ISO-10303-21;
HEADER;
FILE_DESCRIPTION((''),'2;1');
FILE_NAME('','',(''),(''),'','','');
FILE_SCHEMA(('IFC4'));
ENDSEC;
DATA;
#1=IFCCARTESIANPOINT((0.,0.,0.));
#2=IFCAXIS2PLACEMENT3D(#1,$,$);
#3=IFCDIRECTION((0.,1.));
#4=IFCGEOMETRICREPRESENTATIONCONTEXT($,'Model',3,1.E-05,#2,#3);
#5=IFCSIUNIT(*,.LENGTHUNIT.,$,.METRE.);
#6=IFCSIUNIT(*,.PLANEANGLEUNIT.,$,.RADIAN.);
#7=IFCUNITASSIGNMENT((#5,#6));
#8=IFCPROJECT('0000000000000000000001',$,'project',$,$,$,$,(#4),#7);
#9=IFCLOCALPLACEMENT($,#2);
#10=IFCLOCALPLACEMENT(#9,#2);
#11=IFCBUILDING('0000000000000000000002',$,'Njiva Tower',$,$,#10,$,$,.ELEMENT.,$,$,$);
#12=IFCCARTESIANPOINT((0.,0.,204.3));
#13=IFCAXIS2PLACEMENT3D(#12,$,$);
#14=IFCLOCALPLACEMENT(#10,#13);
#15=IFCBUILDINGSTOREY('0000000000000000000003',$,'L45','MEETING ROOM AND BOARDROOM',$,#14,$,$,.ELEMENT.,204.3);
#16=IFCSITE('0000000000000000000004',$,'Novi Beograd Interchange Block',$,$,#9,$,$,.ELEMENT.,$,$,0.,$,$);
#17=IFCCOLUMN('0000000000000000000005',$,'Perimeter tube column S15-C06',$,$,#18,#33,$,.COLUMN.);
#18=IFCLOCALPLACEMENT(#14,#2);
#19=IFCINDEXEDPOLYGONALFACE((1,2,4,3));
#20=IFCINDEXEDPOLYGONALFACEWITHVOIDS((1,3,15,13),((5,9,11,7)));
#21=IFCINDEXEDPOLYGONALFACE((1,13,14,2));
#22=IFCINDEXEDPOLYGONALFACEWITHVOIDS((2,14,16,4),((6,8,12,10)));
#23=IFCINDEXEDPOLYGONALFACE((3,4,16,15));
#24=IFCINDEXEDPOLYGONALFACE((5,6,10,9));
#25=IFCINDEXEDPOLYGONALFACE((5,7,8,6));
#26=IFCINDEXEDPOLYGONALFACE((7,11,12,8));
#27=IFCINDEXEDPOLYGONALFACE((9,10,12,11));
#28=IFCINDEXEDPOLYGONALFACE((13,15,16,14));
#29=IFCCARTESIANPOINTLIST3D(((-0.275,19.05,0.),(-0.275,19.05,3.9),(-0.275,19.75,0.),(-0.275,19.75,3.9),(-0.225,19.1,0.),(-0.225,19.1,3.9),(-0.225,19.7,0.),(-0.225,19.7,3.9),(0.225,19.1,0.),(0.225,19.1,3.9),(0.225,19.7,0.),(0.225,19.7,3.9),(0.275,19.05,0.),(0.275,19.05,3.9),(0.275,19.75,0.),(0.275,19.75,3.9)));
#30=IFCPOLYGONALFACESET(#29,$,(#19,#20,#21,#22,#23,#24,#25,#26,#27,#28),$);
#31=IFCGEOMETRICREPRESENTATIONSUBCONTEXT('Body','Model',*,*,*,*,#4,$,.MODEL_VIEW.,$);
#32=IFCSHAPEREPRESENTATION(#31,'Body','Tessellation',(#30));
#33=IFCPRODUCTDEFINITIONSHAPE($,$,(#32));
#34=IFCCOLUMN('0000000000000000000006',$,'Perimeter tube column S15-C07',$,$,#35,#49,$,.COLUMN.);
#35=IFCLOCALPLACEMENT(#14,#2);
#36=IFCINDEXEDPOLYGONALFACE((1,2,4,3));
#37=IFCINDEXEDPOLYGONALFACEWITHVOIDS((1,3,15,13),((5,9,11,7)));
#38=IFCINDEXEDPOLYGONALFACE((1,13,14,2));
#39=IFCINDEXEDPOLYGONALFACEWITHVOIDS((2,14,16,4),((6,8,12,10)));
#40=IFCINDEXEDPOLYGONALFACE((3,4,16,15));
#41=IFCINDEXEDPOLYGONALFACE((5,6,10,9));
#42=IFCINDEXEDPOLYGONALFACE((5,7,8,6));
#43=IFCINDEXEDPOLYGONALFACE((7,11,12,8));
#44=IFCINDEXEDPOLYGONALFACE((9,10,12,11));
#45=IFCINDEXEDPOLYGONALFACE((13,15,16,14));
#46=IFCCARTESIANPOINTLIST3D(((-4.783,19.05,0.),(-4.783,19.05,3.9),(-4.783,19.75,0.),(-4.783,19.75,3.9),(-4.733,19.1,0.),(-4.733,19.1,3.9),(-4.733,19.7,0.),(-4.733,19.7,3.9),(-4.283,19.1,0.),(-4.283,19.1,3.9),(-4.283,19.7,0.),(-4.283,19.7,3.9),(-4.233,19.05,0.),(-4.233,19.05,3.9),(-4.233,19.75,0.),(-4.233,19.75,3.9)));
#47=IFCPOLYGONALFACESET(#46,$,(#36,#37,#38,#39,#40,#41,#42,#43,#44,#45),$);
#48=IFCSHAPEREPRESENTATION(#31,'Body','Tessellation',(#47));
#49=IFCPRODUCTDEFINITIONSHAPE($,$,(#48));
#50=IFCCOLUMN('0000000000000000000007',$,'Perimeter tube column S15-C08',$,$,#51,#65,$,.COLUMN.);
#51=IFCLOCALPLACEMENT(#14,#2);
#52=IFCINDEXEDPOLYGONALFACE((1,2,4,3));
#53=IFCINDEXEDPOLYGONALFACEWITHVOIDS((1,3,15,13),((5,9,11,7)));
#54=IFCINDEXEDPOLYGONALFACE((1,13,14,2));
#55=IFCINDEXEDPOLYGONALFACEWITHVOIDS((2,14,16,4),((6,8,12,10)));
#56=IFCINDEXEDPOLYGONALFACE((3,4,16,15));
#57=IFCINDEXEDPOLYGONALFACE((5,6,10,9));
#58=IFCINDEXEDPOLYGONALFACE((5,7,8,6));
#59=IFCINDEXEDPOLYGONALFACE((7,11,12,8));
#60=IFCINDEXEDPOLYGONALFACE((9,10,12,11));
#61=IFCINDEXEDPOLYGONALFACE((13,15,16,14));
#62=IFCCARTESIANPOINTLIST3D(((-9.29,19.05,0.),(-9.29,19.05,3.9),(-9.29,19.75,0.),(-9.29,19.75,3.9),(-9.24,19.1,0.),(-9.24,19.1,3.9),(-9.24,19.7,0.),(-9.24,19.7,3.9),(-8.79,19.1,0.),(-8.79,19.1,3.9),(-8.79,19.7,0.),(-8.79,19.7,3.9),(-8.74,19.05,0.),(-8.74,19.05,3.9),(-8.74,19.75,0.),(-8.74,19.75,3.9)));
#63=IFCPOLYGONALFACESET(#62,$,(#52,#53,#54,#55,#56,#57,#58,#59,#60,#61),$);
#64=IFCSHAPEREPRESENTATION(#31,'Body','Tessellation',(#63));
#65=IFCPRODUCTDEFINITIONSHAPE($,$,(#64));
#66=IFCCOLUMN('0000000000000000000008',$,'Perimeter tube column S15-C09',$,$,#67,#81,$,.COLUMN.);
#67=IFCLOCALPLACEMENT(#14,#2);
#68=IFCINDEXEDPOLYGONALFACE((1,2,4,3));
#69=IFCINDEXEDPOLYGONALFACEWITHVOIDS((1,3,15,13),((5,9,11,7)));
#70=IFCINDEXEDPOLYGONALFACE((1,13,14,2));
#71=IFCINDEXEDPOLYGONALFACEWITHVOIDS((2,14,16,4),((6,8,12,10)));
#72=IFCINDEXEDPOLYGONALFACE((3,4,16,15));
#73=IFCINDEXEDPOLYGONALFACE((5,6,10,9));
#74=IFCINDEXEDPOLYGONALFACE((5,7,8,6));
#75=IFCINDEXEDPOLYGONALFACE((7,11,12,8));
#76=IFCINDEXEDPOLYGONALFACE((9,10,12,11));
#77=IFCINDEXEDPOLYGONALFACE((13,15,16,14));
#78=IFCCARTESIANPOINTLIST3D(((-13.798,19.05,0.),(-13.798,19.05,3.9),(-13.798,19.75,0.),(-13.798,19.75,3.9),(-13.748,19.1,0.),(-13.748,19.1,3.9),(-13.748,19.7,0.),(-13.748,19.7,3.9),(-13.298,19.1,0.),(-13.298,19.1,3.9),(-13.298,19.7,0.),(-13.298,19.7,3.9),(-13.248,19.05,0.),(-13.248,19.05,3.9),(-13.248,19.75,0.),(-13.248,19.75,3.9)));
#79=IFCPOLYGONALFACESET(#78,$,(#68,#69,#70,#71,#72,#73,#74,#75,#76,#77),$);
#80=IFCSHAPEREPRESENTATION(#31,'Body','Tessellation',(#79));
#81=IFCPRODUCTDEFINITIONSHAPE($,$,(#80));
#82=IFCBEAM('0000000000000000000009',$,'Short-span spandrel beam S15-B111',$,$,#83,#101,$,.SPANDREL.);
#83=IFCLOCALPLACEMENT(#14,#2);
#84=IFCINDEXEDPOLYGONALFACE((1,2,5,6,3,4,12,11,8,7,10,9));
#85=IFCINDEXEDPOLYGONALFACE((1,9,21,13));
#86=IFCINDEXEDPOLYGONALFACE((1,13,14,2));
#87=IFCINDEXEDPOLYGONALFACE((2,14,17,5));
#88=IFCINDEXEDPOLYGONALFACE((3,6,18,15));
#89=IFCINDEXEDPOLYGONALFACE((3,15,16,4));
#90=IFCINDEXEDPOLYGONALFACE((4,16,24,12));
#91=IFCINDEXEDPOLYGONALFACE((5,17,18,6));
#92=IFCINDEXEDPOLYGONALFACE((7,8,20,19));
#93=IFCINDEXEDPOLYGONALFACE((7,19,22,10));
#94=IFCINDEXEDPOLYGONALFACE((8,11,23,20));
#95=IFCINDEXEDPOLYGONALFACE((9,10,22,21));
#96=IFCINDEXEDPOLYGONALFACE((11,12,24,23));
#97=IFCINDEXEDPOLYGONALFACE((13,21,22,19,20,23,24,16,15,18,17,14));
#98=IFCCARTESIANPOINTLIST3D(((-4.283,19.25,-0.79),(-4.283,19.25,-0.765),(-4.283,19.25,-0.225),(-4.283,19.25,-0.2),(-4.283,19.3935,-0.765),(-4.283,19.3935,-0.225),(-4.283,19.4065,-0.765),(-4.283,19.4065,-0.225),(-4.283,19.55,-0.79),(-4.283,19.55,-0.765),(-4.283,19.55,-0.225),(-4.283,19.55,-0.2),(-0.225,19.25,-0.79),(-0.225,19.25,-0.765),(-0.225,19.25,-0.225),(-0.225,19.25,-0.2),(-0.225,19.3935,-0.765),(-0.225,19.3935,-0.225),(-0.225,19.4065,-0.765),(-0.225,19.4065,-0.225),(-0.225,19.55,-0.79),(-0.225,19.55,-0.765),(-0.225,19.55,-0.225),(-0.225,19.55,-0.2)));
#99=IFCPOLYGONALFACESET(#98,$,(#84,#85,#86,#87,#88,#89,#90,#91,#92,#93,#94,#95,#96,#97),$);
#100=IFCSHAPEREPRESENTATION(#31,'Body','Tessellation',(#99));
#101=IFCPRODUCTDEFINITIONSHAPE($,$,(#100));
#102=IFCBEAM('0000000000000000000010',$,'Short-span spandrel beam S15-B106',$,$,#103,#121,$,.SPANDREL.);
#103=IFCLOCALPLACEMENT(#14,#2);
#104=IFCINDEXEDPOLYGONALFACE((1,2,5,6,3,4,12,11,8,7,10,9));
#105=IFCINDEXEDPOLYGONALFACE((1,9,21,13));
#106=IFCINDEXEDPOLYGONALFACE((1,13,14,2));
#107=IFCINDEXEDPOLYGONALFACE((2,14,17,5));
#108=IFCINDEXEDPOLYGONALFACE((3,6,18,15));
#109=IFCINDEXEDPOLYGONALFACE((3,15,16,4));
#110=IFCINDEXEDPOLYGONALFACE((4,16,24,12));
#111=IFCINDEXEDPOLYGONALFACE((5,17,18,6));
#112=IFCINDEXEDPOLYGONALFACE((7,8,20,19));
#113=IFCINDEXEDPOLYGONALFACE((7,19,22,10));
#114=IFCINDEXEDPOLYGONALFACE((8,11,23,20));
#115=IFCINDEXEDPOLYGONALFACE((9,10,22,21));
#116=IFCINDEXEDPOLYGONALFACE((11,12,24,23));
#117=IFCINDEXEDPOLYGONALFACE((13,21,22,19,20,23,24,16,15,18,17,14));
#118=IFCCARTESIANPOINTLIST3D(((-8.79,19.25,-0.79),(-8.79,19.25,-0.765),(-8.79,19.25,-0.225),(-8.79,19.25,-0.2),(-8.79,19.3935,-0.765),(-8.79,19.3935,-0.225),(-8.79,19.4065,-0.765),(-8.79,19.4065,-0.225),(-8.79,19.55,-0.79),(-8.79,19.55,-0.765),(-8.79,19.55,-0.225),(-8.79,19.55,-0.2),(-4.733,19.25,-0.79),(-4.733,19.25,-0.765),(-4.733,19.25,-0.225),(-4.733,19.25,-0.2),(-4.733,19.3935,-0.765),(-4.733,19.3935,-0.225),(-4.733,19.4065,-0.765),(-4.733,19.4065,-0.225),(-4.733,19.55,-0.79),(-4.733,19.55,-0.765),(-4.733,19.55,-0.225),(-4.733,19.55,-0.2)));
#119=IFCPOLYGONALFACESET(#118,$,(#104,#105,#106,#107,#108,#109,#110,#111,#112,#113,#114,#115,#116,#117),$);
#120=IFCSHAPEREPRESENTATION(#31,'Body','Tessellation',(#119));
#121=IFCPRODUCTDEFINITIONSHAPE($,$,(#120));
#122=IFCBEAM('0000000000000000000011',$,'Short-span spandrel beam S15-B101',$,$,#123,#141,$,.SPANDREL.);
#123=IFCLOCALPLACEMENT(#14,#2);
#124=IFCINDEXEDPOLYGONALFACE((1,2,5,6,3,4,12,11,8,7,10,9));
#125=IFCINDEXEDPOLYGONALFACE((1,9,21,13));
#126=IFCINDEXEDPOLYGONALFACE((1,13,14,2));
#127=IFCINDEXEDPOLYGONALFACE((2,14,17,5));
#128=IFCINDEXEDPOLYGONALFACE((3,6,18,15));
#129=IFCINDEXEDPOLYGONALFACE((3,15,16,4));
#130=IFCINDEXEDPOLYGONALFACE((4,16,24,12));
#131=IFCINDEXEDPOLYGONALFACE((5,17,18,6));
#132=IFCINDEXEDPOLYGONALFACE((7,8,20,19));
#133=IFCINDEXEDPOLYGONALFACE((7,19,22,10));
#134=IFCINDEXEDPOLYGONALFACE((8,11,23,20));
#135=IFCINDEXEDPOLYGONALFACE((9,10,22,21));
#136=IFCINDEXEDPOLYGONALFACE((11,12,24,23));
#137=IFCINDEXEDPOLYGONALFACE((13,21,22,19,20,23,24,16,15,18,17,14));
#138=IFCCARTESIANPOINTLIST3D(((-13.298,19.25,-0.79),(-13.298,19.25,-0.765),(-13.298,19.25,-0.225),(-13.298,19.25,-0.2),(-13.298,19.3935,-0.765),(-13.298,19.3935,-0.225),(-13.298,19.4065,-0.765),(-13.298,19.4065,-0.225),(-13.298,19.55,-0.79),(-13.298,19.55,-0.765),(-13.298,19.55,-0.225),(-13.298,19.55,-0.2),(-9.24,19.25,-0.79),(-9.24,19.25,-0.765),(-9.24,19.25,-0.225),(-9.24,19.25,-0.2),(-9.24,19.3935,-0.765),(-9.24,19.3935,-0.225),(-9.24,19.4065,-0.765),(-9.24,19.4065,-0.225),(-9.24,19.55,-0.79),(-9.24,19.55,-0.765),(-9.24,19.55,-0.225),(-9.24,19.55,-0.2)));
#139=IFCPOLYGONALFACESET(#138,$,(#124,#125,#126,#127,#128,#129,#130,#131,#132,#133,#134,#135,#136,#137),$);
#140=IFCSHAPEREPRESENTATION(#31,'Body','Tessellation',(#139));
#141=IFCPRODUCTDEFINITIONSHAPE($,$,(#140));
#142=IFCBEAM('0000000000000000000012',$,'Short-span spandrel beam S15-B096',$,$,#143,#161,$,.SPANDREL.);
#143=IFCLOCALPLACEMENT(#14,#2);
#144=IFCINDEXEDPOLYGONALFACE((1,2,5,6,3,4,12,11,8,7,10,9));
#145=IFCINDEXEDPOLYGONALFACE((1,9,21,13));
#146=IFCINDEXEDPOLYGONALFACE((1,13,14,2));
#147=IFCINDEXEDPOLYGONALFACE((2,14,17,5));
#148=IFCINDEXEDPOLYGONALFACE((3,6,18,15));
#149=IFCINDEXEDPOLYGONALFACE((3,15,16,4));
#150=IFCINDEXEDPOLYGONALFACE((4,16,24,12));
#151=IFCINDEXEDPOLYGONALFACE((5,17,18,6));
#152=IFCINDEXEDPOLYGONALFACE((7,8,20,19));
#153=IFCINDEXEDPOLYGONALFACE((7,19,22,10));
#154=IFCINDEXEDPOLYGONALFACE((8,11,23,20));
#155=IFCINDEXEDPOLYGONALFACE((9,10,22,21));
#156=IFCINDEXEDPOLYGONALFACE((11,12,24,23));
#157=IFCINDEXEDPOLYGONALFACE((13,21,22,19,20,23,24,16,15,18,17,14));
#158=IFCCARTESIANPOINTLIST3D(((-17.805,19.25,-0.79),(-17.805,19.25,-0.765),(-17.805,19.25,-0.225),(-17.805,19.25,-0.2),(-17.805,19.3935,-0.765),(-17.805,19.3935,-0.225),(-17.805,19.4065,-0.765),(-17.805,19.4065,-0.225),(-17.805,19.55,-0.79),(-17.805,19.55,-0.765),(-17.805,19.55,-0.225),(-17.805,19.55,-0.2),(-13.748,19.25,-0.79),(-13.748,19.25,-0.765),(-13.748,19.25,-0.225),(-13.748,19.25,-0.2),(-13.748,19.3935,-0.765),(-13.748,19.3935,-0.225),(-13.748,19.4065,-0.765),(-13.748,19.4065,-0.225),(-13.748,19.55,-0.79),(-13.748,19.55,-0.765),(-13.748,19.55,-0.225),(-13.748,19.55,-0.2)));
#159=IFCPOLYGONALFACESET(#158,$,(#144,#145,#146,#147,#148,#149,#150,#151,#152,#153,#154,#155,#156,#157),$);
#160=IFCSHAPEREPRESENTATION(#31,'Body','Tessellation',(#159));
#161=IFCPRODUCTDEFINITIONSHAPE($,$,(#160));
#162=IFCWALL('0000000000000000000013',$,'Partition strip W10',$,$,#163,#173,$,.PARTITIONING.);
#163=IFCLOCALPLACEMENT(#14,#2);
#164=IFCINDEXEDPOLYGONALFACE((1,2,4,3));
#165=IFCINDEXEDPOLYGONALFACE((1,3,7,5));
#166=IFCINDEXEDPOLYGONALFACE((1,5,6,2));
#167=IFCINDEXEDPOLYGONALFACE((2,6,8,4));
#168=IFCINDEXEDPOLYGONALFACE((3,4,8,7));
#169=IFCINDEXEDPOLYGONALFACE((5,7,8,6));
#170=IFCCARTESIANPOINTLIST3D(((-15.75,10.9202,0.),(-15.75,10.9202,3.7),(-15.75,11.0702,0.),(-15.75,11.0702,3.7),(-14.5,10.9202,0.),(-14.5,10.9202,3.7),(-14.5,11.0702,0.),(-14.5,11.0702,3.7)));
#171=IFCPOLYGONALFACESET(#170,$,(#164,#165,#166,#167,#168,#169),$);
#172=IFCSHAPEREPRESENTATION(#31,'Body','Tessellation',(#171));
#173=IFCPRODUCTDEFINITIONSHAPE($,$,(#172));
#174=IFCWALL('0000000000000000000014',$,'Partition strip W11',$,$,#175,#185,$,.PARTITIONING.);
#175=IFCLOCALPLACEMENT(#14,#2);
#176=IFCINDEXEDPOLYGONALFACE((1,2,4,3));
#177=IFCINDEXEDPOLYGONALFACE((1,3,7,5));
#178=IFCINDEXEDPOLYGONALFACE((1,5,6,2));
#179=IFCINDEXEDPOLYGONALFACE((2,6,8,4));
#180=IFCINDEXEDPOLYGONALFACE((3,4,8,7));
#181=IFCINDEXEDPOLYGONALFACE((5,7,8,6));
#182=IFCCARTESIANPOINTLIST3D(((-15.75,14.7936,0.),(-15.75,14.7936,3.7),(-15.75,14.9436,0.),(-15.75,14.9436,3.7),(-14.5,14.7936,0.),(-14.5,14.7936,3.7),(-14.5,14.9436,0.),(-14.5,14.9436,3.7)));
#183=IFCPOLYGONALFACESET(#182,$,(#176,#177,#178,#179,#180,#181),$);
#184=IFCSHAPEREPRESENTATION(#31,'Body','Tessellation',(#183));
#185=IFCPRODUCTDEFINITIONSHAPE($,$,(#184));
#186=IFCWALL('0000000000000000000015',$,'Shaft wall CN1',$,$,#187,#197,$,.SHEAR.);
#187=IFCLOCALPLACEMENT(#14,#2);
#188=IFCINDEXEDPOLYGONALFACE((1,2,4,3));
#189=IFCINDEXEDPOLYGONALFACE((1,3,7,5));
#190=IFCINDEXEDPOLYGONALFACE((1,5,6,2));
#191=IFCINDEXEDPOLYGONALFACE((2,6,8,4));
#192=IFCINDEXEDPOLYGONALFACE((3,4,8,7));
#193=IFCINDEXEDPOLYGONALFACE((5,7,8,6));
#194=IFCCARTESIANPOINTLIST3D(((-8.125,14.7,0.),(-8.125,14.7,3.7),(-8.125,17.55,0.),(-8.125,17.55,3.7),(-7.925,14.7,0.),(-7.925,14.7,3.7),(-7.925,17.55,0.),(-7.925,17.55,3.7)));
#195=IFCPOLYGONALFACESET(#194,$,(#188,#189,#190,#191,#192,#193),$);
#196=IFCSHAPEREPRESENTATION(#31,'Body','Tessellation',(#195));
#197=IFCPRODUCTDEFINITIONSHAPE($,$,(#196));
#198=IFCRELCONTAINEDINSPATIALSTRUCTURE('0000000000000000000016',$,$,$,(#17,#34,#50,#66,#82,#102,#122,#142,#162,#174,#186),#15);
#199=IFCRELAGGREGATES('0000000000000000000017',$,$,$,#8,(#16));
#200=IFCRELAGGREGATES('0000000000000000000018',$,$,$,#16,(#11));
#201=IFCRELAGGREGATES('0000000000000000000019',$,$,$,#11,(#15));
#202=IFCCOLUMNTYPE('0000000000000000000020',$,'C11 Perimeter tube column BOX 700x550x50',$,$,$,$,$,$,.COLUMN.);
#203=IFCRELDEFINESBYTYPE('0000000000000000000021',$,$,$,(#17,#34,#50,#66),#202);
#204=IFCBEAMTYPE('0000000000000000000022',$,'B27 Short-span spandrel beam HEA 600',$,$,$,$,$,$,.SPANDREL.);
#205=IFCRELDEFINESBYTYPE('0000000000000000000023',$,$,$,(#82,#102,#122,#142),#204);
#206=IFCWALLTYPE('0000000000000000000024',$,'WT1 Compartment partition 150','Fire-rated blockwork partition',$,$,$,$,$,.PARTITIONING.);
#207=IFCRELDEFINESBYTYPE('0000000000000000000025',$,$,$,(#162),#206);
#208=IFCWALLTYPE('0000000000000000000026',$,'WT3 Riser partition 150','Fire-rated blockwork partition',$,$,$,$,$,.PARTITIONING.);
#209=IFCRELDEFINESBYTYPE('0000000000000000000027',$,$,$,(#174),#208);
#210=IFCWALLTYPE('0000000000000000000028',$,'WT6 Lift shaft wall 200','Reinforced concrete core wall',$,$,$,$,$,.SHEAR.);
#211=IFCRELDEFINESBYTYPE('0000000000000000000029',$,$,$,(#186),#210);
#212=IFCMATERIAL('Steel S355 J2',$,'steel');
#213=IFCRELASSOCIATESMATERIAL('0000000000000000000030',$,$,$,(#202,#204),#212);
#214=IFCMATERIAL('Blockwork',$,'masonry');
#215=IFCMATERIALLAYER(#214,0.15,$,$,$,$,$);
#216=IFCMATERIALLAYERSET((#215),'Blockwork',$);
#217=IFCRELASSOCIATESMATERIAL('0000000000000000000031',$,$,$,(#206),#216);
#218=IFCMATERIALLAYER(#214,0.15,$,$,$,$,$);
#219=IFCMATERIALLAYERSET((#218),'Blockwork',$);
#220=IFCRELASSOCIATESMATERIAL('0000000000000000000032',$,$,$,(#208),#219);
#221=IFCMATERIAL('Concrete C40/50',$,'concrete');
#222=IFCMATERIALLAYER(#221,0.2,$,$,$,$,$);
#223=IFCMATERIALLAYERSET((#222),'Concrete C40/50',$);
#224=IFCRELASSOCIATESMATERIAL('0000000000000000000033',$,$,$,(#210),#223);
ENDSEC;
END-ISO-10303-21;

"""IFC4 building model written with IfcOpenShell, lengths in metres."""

from ifc_helpers import new_model, si_unit, direction, frame, frame_2d, origin, origin_2d, place, context, subcontext, project, spatial, rectangle, hollow_rectangle, i_section, extrude, material, layer, layer_set, material_profile, profile_set, type_object, element, save


model = new_model("IFC4")

# Units and contexts
model_context = context("Model", 3, precision=1e-05, world=origin(), true_north=direction((0.0, 1.0)))
body_context = subcontext(model_context, "Body", "Model", "MODEL_VIEW")
ifc_project = project(units=[si_unit("LENGTHUNIT", "METRE"), si_unit("PLANEANGLEUNIT", "RADIAN")], contexts=[model_context])

# Site, building, storey
site_placement = place(None, origin())
site = spatial("IfcSite", under=ifc_project, at=site_placement, Name="Novi Beograd Interchange Block", CompositionType="ELEMENT", RefElevation=0.0)
building_placement = place(site_placement, origin())
building = spatial("IfcBuilding", under=site, at=building_placement, Name="Njiva Tower", CompositionType="ELEMENT")
storey_placement = place(building_placement, frame((0.0, 0.0, 204.3)))
storey = spatial("IfcBuildingStorey", under=building, at=storey_placement, Name="L45", Description="MEETING ROOM AND BOARDROOM", CompositionType="ELEMENT", Elevation=204.3)

# Columns
ifc_material_1 = material(Name="Steel S355 J2", Category="steel")
ifc_material_profile_1 = material_profile(ifc_material_1, hollow_rectangle(XDim=0.55, YDim=0.7, WallThickness=0.05, at=origin_2d()), Name="BOX 700x550x50")
ifc_profile_set_1 = profile_set([ifc_material_profile_1], Name="Steel S355 J2")
column_type = type_object("IfcColumnType", Name="C11 Perimeter tube column BOX 700x550x50", PredefinedType="COLUMN", material=ifc_profile_set_1)
for number, where, z_axis, x_axis, name in (
    (1, (0.0, 19.4, 0.0), (0.0, 0.0, 1.0), (-1.0, 0.0, 0.0), "Perimeter tube column S15-C06"),
    (2, (-4.508, 19.4, 0.0), (0.0, 0.0, 1.0), (-1.0, 0.0, 0.0), "Perimeter tube column S15-C07"),
    (3, (-9.015, 19.4, 0.0), (0.0, 0.0, 1.0), (-1.0, 0.0, 0.0), "Perimeter tube column S15-C08"),
    (4, (-13.523, 19.4, 0.0), (0.0, 0.0, 1.0), (-1.0, 0.0, 0.0), "Perimeter tube column S15-C09"),
):
    element("IfcColumn", number, at=place(storey_placement, frame(where, z_axis=z_axis, x_axis=x_axis)), inside=storey, type_object=column_type, Name=name, PredefinedType="COLUMN", context=body_context, shape_type="SweptSolid", body=[
        extrude(hollow_rectangle(XDim=0.55, YDim=0.7, WallThickness=0.05, at=origin_2d()), origin(), (0.0, 0.0, 1.0), 3.9),
    ])

# Beams
ifc_material_profile_2 = material_profile(ifc_material_1, i_section(OverallWidth=0.3, OverallDepth=0.59, WebThickness=0.013, FlangeThickness=0.025, at=origin_2d()), Name="HEA 600")
ifc_profile_set_2 = profile_set([ifc_material_profile_2], Name="Steel S355 J2")
beam_type = type_object("IfcBeamType", Name="B27 Short-span spandrel beam HEA 600", PredefinedType="SPANDREL", material=ifc_profile_set_2)
beam_1_placement = place(storey_placement, frame((-0.225, 19.4, -0.495), z_axis=(-1.0, 0.0, 0.0), x_axis=(0.0, -1.0, 0.0)))
element("IfcBeam", 5, at=beam_1_placement, inside=storey, type_object=beam_type, Name="Short-span spandrel beam S15-B111", PredefinedType="SPANDREL", context=body_context, shape_type="SweptSolid", body=[
    extrude(i_section(OverallWidth=0.3, OverallDepth=0.59, WebThickness=0.013, FlangeThickness=0.025, at=origin_2d()), origin(), (0.0, 0.0, 1.0), 4.058),
])
beam_2_placement = place(storey_placement, frame((-4.733, 19.4, -0.495), z_axis=(-1.0, 0.0, 0.0), x_axis=(0.0, -1.0, 0.0)))
element("IfcBeam", 6, at=beam_2_placement, inside=storey, type_object=beam_type, Name="Short-span spandrel beam S15-B106", PredefinedType="SPANDREL", context=body_context, shape_type="SweptSolid", body=[
    extrude(i_section(OverallWidth=0.3, OverallDepth=0.59, WebThickness=0.013, FlangeThickness=0.025, at=origin_2d()), origin(), (0.0, 0.0, 1.0), 4.057),
])
beam_3_placement = place(storey_placement, frame((-9.24, 19.4, -0.495), z_axis=(-1.0, 0.0, 0.0), x_axis=(0.0, -1.0, 0.0)))
element("IfcBeam", 7, at=beam_3_placement, inside=storey, type_object=beam_type, Name="Short-span spandrel beam S15-B101", PredefinedType="SPANDREL", context=body_context, shape_type="SweptSolid", body=[
    extrude(i_section(OverallWidth=0.3, OverallDepth=0.59, WebThickness=0.013, FlangeThickness=0.025, at=origin_2d()), origin(), (0.0, 0.0, 1.0), 4.058),
])
beam_4_placement = place(storey_placement, frame((-13.748, 19.4, -0.495), z_axis=(-1.0, 0.0, 0.0), x_axis=(0.0, -1.0, 0.0)))
element("IfcBeam", 8, at=beam_4_placement, inside=storey, type_object=beam_type, Name="Short-span spandrel beam S15-B096", PredefinedType="SPANDREL", context=body_context, shape_type="SweptSolid", body=[
    extrude(i_section(OverallWidth=0.3, OverallDepth=0.59, WebThickness=0.013, FlangeThickness=0.025, at=origin_2d()), origin(), (0.0, 0.0, 1.0), 4.057),
])

# Walls
ifc_material_2 = material(Name="Blockwork", Category="masonry")
ifc_layer_1 = layer(ifc_material_2, 0.15)
ifc_layer_set_1 = layer_set([ifc_layer_1], Name="Blockwork")
wall_type_1 = type_object("IfcWallType", Name="WT1 Compartment partition 150", Description="Fire-rated blockwork partition", PredefinedType="PARTITIONING", material=ifc_layer_set_1)
wall_1_placement = place(storey_placement, frame((-15.75, 10.9952, 0.0), z_axis=(0.0, 0.0, 1.0), x_axis=(1.0, 0.0, 0.0)))
element("IfcWall", 9, at=wall_1_placement, inside=storey, type_object=wall_type_1, Name="Partition strip W10", PredefinedType="PARTITIONING", context=body_context, shape_type="SweptSolid", body=[
    extrude(rectangle(XDim=1.25, YDim=0.15, at=frame_2d((0.625, 0.0))), origin(), (0.0, 0.0, 1.0), 3.7),
])
ifc_layer_2 = layer(ifc_material_2, 0.15)
ifc_layer_set_2 = layer_set([ifc_layer_2], Name="Blockwork")
wall_type_2 = type_object("IfcWallType", Name="WT3 Riser partition 150", Description="Fire-rated blockwork partition", PredefinedType="PARTITIONING", material=ifc_layer_set_2)
wall_2_placement = place(storey_placement, frame((-15.75, 14.8686, 0.0), z_axis=(0.0, 0.0, 1.0), x_axis=(1.0, 0.0, 0.0)))
element("IfcWall", 10, at=wall_2_placement, inside=storey, type_object=wall_type_2, Name="Partition strip W11", PredefinedType="PARTITIONING", context=body_context, shape_type="SweptSolid", body=[
    extrude(rectangle(XDim=1.25, YDim=0.15, at=frame_2d((0.625, 0.0))), origin(), (0.0, 0.0, 1.0), 3.7),
])
ifc_material_3 = material(Name="Concrete C40/50", Category="concrete")
ifc_layer_3 = layer(ifc_material_3, 0.2)
ifc_layer_set_3 = layer_set([ifc_layer_3], Name="Concrete C40/50")
wall_type_3 = type_object("IfcWallType", Name="WT6 Lift shaft wall 200", Description="Reinforced concrete core wall", PredefinedType="SHEAR", material=ifc_layer_set_3)
for number, where, z_axis, x_axis, name in (
    (11, (-8.025, 14.7, 0.0), (0.0, 0.0, 1.0), (0.0, 1.0, 0.0), "Shaft wall CN1"),
):
    element("IfcWall", number, at=place(storey_placement, frame(where, z_axis=z_axis, x_axis=x_axis)), inside=storey, type_object=wall_type_3, Name=name, PredefinedType="SHEAR", context=body_context, shape_type="SweptSolid", body=[
        extrude(rectangle(XDim=2.85, YDim=0.2, at=frame_2d((1.425, 0.0))), origin(), (0.0, 0.0, 1.0), 3.7),
    ])

save(model, "model.ifc")
